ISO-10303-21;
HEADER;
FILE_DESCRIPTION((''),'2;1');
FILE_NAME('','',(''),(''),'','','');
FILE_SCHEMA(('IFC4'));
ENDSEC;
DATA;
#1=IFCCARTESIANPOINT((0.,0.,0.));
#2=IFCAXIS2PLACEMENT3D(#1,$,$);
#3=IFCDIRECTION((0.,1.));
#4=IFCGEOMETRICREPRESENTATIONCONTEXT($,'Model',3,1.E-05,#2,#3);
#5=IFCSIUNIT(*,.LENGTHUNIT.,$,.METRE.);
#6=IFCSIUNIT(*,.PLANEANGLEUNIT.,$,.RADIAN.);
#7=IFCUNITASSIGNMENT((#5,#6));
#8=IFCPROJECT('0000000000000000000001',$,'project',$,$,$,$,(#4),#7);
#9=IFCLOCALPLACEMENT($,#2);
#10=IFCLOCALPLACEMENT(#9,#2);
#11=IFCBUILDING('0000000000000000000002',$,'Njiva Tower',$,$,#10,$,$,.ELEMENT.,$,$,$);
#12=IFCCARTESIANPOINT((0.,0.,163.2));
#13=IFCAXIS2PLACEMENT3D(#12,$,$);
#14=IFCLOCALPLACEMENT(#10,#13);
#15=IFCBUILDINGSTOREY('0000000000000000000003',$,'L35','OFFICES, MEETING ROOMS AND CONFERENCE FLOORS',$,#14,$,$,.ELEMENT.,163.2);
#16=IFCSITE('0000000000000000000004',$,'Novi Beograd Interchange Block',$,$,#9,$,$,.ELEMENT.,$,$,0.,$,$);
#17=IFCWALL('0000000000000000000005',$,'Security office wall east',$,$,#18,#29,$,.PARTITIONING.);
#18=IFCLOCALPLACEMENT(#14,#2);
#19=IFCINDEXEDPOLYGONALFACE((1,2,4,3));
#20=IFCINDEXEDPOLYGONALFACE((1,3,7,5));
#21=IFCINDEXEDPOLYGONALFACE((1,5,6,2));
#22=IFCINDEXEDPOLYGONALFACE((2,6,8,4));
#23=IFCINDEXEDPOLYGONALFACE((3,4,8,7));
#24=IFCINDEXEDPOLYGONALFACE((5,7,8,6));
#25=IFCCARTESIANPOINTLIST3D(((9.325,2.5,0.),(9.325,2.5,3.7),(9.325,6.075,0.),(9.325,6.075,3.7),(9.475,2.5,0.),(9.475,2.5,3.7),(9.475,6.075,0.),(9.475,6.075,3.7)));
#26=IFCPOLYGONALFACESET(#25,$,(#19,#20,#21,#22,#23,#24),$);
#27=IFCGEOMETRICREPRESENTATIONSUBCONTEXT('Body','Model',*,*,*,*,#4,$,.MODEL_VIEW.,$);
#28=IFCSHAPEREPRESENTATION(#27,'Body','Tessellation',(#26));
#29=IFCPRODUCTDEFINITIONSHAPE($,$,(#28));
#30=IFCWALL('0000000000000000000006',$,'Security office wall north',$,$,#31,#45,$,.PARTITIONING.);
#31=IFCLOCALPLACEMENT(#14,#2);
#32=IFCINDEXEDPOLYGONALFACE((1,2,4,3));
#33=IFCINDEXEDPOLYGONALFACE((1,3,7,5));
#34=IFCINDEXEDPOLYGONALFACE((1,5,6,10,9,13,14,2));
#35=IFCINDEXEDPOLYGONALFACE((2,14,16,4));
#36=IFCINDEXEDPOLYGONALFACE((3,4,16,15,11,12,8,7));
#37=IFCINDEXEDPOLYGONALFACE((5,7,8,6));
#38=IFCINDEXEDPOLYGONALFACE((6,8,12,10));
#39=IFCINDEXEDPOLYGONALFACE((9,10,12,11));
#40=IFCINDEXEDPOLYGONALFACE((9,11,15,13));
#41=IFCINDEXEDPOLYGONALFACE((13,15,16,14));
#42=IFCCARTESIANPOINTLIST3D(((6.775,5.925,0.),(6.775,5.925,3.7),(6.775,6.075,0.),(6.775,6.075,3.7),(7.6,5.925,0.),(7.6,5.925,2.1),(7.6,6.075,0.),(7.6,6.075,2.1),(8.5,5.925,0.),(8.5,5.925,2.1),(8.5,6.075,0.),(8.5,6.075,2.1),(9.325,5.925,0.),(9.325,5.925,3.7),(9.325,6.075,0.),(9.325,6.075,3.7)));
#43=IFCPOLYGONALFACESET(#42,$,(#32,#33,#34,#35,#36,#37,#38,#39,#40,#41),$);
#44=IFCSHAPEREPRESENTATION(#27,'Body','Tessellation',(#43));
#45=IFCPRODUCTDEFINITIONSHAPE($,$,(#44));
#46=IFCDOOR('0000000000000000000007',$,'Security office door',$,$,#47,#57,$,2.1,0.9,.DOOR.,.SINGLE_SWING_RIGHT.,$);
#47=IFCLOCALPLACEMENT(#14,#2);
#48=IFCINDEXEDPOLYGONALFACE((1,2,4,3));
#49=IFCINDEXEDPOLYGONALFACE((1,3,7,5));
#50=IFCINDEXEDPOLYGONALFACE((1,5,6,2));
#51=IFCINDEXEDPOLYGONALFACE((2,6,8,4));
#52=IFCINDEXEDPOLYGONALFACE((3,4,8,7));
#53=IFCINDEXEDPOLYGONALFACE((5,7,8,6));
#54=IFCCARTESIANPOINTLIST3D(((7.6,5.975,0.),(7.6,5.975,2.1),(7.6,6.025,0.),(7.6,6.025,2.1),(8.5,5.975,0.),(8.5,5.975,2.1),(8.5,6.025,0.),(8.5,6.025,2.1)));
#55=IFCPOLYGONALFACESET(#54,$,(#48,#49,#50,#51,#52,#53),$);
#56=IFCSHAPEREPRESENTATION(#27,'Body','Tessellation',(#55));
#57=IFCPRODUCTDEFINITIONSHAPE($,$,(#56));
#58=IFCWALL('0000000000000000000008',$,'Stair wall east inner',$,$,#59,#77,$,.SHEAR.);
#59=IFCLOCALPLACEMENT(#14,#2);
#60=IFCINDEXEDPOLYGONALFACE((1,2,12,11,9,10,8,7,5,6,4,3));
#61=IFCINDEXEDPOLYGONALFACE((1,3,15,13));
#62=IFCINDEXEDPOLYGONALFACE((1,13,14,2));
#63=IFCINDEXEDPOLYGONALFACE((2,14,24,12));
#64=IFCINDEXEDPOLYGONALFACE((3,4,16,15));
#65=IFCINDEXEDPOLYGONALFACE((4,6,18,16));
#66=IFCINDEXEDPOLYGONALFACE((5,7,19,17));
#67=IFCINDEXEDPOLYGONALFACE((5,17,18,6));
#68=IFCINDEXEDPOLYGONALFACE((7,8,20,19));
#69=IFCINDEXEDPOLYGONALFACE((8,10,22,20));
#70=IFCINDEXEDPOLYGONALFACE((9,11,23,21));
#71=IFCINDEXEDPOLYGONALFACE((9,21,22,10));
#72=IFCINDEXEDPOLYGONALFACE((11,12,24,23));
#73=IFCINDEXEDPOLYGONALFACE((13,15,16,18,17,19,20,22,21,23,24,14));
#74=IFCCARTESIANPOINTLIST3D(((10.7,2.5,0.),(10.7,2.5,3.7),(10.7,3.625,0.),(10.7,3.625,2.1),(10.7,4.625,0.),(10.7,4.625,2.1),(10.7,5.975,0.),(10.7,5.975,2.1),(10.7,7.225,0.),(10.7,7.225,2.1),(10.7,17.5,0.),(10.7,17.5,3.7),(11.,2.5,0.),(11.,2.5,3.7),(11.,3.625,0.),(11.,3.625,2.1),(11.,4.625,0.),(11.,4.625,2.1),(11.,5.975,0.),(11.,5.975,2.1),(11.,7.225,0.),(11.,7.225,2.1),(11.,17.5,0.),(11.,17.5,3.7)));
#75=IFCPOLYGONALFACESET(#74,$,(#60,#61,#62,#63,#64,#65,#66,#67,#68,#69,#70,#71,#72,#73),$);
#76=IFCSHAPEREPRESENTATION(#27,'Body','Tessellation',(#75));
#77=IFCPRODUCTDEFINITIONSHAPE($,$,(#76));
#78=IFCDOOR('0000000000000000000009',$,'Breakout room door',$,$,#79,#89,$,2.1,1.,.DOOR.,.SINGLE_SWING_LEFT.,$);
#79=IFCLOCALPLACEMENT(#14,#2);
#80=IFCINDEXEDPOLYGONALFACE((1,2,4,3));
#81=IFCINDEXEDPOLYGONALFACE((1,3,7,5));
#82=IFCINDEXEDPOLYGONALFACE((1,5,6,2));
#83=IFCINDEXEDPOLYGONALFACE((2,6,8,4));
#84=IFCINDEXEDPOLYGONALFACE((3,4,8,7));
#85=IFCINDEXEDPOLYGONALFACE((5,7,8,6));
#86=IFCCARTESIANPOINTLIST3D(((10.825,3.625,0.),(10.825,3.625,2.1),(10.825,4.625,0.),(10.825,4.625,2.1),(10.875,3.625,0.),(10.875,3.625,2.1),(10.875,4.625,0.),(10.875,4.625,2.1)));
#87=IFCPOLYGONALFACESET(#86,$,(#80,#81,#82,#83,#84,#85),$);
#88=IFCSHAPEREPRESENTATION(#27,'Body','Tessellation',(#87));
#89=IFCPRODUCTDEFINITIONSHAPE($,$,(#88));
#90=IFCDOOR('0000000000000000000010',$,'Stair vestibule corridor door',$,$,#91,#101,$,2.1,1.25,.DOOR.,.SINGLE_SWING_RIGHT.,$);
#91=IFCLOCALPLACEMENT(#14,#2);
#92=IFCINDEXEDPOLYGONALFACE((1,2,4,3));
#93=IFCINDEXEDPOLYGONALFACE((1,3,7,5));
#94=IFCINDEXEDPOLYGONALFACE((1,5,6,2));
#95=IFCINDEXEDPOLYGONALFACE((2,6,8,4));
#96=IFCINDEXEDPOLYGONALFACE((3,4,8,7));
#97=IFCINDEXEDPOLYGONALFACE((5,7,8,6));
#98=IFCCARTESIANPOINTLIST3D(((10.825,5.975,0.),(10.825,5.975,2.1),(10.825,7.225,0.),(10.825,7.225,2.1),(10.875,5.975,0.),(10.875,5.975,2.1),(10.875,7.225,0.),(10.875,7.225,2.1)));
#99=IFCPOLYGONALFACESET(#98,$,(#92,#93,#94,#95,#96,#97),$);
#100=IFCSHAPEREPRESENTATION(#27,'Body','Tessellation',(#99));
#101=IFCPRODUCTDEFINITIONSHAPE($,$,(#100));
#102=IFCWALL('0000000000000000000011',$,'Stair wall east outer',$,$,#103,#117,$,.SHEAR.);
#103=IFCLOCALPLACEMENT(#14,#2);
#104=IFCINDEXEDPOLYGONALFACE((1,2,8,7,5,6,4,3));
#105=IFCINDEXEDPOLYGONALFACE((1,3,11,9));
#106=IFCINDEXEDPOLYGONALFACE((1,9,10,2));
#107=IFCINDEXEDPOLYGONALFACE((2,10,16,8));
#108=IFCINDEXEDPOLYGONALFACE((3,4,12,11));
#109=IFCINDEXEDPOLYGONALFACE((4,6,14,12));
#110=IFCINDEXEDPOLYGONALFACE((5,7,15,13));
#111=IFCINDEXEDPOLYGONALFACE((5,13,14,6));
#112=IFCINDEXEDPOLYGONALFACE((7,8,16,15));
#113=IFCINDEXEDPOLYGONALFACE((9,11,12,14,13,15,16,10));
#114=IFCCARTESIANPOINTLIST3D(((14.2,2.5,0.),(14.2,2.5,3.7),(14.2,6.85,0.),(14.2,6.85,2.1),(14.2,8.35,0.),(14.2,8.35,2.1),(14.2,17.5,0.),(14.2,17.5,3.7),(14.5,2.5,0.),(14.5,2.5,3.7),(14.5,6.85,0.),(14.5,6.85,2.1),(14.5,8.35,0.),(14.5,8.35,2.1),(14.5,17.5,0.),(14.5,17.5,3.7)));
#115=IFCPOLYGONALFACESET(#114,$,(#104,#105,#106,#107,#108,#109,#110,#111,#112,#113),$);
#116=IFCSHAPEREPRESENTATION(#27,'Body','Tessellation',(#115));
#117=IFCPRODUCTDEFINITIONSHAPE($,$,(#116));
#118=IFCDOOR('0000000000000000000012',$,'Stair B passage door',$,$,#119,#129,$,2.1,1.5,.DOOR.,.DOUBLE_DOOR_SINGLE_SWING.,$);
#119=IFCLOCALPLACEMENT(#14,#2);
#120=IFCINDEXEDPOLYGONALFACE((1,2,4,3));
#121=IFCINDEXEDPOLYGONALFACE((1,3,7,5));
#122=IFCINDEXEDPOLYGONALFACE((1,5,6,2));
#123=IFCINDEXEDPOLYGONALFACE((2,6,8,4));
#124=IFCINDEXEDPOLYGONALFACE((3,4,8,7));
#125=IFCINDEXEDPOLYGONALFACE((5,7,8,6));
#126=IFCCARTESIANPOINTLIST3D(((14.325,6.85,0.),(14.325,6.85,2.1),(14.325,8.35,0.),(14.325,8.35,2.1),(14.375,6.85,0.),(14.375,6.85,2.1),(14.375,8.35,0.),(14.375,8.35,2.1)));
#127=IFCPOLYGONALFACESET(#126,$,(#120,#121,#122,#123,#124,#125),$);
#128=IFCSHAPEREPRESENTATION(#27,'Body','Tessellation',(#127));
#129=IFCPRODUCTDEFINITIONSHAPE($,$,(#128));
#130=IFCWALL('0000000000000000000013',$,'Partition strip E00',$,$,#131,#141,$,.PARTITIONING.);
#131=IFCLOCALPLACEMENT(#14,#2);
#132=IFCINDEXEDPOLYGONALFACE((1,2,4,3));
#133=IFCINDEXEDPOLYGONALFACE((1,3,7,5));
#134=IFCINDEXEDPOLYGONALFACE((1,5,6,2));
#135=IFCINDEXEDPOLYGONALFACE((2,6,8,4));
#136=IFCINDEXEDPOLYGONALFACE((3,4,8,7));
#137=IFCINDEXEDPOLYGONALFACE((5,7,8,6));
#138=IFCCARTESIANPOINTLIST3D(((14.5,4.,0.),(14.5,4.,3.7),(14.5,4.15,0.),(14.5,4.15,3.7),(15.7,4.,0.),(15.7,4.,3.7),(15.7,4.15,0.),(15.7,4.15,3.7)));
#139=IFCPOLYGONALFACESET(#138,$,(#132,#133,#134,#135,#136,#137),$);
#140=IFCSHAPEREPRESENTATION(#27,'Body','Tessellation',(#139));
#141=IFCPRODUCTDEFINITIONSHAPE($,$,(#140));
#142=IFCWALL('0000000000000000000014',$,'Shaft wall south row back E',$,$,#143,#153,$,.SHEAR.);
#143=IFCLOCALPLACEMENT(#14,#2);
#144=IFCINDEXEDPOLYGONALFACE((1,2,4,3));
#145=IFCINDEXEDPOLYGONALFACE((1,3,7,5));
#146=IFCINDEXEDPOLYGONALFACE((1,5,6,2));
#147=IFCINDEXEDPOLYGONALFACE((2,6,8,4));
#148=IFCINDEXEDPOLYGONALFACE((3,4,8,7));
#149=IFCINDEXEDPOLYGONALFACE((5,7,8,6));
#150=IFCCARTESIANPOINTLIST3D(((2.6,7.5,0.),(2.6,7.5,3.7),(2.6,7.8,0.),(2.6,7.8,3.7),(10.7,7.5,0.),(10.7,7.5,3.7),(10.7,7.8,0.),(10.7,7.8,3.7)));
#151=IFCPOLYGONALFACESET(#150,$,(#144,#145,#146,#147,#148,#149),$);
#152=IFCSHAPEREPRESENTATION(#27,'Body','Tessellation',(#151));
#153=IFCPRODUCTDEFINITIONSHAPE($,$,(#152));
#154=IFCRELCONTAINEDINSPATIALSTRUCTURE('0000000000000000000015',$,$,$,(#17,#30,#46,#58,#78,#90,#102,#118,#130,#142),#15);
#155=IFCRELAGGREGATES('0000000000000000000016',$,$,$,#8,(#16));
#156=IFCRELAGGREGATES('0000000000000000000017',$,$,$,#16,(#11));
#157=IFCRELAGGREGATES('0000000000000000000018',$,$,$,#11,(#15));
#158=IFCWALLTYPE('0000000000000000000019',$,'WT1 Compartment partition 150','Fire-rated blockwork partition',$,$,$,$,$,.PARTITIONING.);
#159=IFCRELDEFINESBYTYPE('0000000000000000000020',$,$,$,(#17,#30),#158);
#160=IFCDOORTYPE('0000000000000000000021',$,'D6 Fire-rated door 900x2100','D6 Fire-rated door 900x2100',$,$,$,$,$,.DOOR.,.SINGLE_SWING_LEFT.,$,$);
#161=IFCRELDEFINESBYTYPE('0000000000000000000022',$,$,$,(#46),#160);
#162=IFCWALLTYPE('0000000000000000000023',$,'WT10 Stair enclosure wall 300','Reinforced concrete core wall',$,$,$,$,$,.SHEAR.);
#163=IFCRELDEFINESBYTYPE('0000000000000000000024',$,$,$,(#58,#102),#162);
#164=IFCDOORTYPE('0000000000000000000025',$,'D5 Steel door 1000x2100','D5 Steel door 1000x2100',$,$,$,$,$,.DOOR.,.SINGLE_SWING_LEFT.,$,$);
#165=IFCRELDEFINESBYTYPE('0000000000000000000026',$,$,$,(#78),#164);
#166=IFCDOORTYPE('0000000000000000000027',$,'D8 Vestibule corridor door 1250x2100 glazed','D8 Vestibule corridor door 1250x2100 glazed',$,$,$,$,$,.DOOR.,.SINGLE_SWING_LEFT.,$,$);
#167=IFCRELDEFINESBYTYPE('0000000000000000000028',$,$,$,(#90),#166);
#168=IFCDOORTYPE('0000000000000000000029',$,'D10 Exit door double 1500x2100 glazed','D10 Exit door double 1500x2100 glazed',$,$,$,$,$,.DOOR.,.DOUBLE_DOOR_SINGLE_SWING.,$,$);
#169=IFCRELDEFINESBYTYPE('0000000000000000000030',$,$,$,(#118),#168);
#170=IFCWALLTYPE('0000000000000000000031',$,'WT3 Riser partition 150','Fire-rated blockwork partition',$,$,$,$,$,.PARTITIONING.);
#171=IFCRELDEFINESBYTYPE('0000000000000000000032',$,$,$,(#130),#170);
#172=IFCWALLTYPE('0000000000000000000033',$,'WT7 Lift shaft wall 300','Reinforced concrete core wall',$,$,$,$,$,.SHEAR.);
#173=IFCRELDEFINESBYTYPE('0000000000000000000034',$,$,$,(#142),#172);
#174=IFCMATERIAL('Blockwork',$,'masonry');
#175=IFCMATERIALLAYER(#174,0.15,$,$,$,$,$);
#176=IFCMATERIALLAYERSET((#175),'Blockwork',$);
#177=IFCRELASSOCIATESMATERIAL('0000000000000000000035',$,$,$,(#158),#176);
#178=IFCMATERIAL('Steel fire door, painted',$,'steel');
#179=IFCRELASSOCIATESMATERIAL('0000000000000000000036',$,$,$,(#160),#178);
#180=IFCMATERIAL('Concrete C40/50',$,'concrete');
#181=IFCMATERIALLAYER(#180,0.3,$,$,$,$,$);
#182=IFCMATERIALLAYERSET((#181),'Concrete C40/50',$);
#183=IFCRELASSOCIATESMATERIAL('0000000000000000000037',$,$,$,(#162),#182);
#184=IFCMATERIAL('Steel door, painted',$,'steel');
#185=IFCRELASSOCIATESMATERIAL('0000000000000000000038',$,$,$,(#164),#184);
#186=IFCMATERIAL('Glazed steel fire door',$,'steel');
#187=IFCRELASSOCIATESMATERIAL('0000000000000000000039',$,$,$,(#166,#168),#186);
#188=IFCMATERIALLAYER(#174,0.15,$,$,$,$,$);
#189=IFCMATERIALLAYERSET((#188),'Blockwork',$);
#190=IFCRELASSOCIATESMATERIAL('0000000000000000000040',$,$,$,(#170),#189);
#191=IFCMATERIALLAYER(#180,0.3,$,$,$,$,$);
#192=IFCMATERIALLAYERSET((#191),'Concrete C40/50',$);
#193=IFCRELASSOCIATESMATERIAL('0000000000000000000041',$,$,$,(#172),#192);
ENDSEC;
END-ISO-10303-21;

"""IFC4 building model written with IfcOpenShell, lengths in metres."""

from ifc_helpers import new_model, si_unit, direction, frame, frame_2d, origin, place, context, subcontext, project, spatial, rectangle, extrude, material, layer, layer_set, type_object, element, fill, save


model = new_model("IFC4")

# Units and contexts
model_context = context("Model", 3, precision=1e-05, world=origin(), true_north=direction((0.0, 1.0)))
body_context = subcontext(model_context, "Body", "Model", "MODEL_VIEW")
ifc_project = project(units=[si_unit("LENGTHUNIT", "METRE"), si_unit("PLANEANGLEUNIT", "RADIAN")], contexts=[model_context])

# Site, building, storey
site_placement = place(None, origin())
site = spatial("IfcSite", under=ifc_project, at=site_placement, Name="Novi Beograd Interchange Block", CompositionType="ELEMENT", RefElevation=0.0)
building_placement = place(site_placement, origin())
building = spatial("IfcBuilding", under=site, at=building_placement, Name="Njiva Tower", CompositionType="ELEMENT")
storey_placement = place(building_placement, frame((0.0, 0.0, 163.2)))
storey = spatial("IfcBuildingStorey", under=building, at=storey_placement, Name="L35", Description="OFFICES, MEETING ROOMS AND CONFERENCE FLOORS", CompositionType="ELEMENT", Elevation=163.2)

# Shared definitions
ifc_material_1 = material(Name="Blockwork", Category="masonry")
ifc_layer_1 = layer(ifc_material_1, 0.15)
ifc_layer_set_1 = layer_set([ifc_layer_1], Name="Blockwork")
wall_type_1 = type_object("IfcWallType", Name="WT1 Compartment partition 150", Description="Fire-rated blockwork partition", PredefinedType="PARTITIONING", material=ifc_layer_set_1)

# Shared definitions
ifc_material_2 = material(Name="Steel fire door, painted", Category="steel")
door_type_1 = type_object("IfcDoorType", Name="D6 Fire-rated door 900x2100", Description="D6 Fire-rated door 900x2100", OperationType="SINGLE_SWING_LEFT", PredefinedType="DOOR", material=ifc_material_2)

# Wall
for number, where, z_axis, x_axis, name in (
    (1, (9.4, 2.5, 0.0), (0.0, 0.0, 1.0), (0.0, 1.0, 0.0), "Security office wall east"),
):
    element("IfcWall", number, at=place(storey_placement, frame(where, z_axis=z_axis, x_axis=x_axis)), inside=storey, type_object=wall_type_1, Name=name, PredefinedType="PARTITIONING", context=body_context, shape_type="SweptSolid", body=[
        extrude(rectangle(XDim=3.575, YDim=0.15, at=frame_2d((1.7875, 0.0))), origin(), (0.0, 0.0, 1.0), 3.7),
    ])

# Wall, opening, door
wall_1_placement = place(storey_placement, frame((6.775, 6.0, 0.0), z_axis=(0.0, 0.0, 1.0), x_axis=(1.0, 0.0, 0.0)))
wall_1 = element("IfcWall", 2, at=wall_1_placement, inside=storey, type_object=wall_type_1, Name="Security office wall north", PredefinedType="PARTITIONING", context=body_context, shape_type="SweptSolid", body=[
    extrude(rectangle(XDim=2.55, YDim=0.15, at=frame_2d((1.275, 0.0))), origin(), (0.0, 0.0, 1.0), 3.7),
])
opening_1_placement = place(wall_1_placement, frame((0.825, 0.0, 0.0)))
opening_1 = element("IfcOpeningElement", 3, at=opening_1_placement, cuts=wall_1, PredefinedType="OPENING", context=body_context, shape_type="SweptSolid", body=[
    extrude(rectangle(XDim=0.9, YDim=2.1, at=frame_2d((0.45, 1.05))), frame((0.0, 0.085, 0.0), z_axis=(0.0, -1.0, 0.0), x_axis=(1.0, 0.0, 0.0)), (0.0, 0.0, 1.0), 0.17),
])
door_1_placement = place(opening_1_placement, origin())
door_1 = element("IfcDoor", 4, at=door_1_placement, inside=storey, type_object=door_type_1, Name="Security office door", OperationType="SINGLE_SWING_RIGHT", OverallHeight=2.1, OverallWidth=0.9, PredefinedType="DOOR", context=body_context, shape_type="SweptSolid", body=[
    extrude(rectangle(XDim=0.9, YDim=2.1, at=frame_2d((0.45, 1.05))), frame((0.0, 0.025, 0.0), z_axis=(0.0, -1.0, 0.0), x_axis=(1.0, 0.0, 0.0)), (0.0, 0.0, 1.0), 0.05),
])
fill(opening_1, door_1)

# Wall, openings, doors
ifc_material_3 = material(Name="Concrete C40/50", Category="concrete")
ifc_layer_2 = layer(ifc_material_3, 0.3)
ifc_layer_set_2 = layer_set([ifc_layer_2], Name="Concrete C40/50")
wall_type_2 = type_object("IfcWallType", Name="WT10 Stair enclosure wall 300", Description="Reinforced concrete core wall", PredefinedType="SHEAR", material=ifc_layer_set_2)
wall_2_placement = place(storey_placement, frame((10.85, 2.5, 0.0), z_axis=(0.0, 0.0, 1.0), x_axis=(0.0, 1.0, 0.0)))
wall_2 = element("IfcWall", 5, at=wall_2_placement, inside=storey, type_object=wall_type_2, Name="Stair wall east inner", PredefinedType="SHEAR", context=body_context, shape_type="SweptSolid", body=[
    extrude(rectangle(XDim=15.0, YDim=0.3, at=frame_2d((7.5, 0.0))), origin(), (0.0, 0.0, 1.0), 3.7),
])
opening_2_placement = place(wall_2_placement, frame((3.475, 0.0, 0.0)))
opening_2 = element("IfcOpeningElement", 6, at=opening_2_placement, cuts=wall_2, PredefinedType="OPENING", context=body_context, shape_type="SweptSolid", body=[
    extrude(rectangle(XDim=1.25, YDim=2.1, at=frame_2d((0.625, 1.05))), frame((0.0, 0.16, 0.0), z_axis=(0.0, -1.0, 0.0), x_axis=(1.0, 0.0, 0.0)), (0.0, 0.0, 1.0), 0.32),
])
opening_3_placement = place(wall_2_placement, frame((1.125, 0.0, 0.0)))
opening_3 = element("IfcOpeningElement", 7, at=opening_3_placement, cuts=wall_2, PredefinedType="OPENING", context=body_context, shape_type="SweptSolid", body=[
    extrude(rectangle(XDim=1.0, YDim=2.1, at=frame_2d((0.5, 1.05))), frame((0.0, 0.16, 0.0), z_axis=(0.0, -1.0, 0.0), x_axis=(1.0, 0.0, 0.0)), (0.0, 0.0, 1.0), 0.32),
])
ifc_material_4 = material(Name="Steel door, painted", Category="steel")
door_type_2 = type_object("IfcDoorType", Name="D5 Steel door 1000x2100", Description="D5 Steel door 1000x2100", OperationType="SINGLE_SWING_LEFT", PredefinedType="DOOR", material=ifc_material_4)
door_2_placement = place(opening_3_placement, origin())
door_2 = element("IfcDoor", 8, at=door_2_placement, inside=storey, type_object=door_type_2, Name="Breakout room door", OperationType="SINGLE_SWING_LEFT", OverallHeight=2.1, OverallWidth=1.0, PredefinedType="DOOR", context=body_context, shape_type="SweptSolid", body=[
    extrude(rectangle(XDim=1.0, YDim=2.1, at=frame_2d((0.5, 1.05))), frame((0.0, 0.025, 0.0), z_axis=(0.0, -1.0, 0.0), x_axis=(1.0, 0.0, 0.0)), (0.0, 0.0, 1.0), 0.05),
])
fill(opening_3, door_2)
ifc_material_5 = material(Name="Glazed steel fire door", Category="steel")
door_type_3 = type_object("IfcDoorType", Name="D8 Vestibule corridor door 1250x2100 glazed", Description="D8 Vestibule corridor door 1250x2100 glazed", OperationType="SINGLE_SWING_LEFT", PredefinedType="DOOR", material=ifc_material_5)
door_3_placement = place(opening_2_placement, origin())
door_3 = element("IfcDoor", 9, at=door_3_placement, inside=storey, type_object=door_type_3, Name="Stair vestibule corridor door", OperationType="SINGLE_SWING_RIGHT", OverallHeight=2.1, OverallWidth=1.25, PredefinedType="DOOR", context=body_context, shape_type="SweptSolid", body=[
    extrude(rectangle(XDim=1.25, YDim=2.1, at=frame_2d((0.625, 1.05))), frame((0.0, 0.025, 0.0), z_axis=(0.0, -1.0, 0.0), x_axis=(1.0, 0.0, 0.0)), (0.0, 0.0, 1.0), 0.05),
])
fill(opening_2, door_3)

# Wall, opening, door
wall_3_placement = place(storey_placement, frame((14.35, 2.5, 0.0), z_axis=(0.0, 0.0, 1.0), x_axis=(0.0, 1.0, 0.0)))
wall_3 = element("IfcWall", 10, at=wall_3_placement, inside=storey, type_object=wall_type_2, Name="Stair wall east outer", PredefinedType="SHEAR", context=body_context, shape_type="SweptSolid", body=[
    extrude(rectangle(XDim=15.0, YDim=0.3, at=frame_2d((7.5, 0.0))), origin(), (0.0, 0.0, 1.0), 3.7),
])
opening_4_placement = place(wall_3_placement, frame((4.35, 0.0, 0.0)))
opening_4 = element("IfcOpeningElement", 11, at=opening_4_placement, cuts=wall_3, PredefinedType="OPENING", context=body_context, shape_type="SweptSolid", body=[
    extrude(rectangle(XDim=1.5, YDim=2.1, at=frame_2d((0.75, 1.05))), frame((0.0, 0.16, 0.0), z_axis=(0.0, -1.0, 0.0), x_axis=(1.0, 0.0, 0.0)), (0.0, 0.0, 1.0), 0.32),
])
door_type_4 = type_object("IfcDoorType", Name="D10 Exit door double 1500x2100 glazed", Description="D10 Exit door double 1500x2100 glazed", OperationType="DOUBLE_DOOR_SINGLE_SWING", PredefinedType="DOOR", material=ifc_material_5)
door_4_placement = place(opening_4_placement, origin())
door_4 = element("IfcDoor", 12, at=door_4_placement, inside=storey, type_object=door_type_4, Name="Stair B passage door", OperationType="DOUBLE_DOOR_SINGLE_SWING", OverallHeight=2.1, OverallWidth=1.5, PredefinedType="DOOR", context=body_context, shape_type="SweptSolid", body=[
    extrude(rectangle(XDim=1.5, YDim=2.1, at=frame_2d((0.75, 1.05))), frame((0.0, 0.025, 0.0), z_axis=(0.0, -1.0, 0.0), x_axis=(1.0, 0.0, 0.0)), (0.0, 0.0, 1.0), 0.05),
])
fill(opening_4, door_4)

# Walls
ifc_layer_3 = layer(ifc_material_1, 0.15)
ifc_layer_set_3 = layer_set([ifc_layer_3], Name="Blockwork")
wall_type_3 = type_object("IfcWallType", Name="WT3 Riser partition 150", Description="Fire-rated blockwork partition", PredefinedType="PARTITIONING", material=ifc_layer_set_3)
wall_4_placement = place(storey_placement, frame((14.5, 4.075, 0.0), z_axis=(0.0, 0.0, 1.0), x_axis=(1.0, 0.0, 0.0)))
element("IfcWall", 13, at=wall_4_placement, inside=storey, type_object=wall_type_3, Name="Partition strip E00", PredefinedType="PARTITIONING", context=body_context, shape_type="SweptSolid", body=[
    extrude(rectangle(XDim=1.2, YDim=0.15, at=frame_2d((0.6, 0.0))), origin(), (0.0, 0.0, 1.0), 3.7),
])
ifc_layer_4 = layer(ifc_material_3, 0.3)
ifc_layer_set_4 = layer_set([ifc_layer_4], Name="Concrete C40/50")
wall_type_4 = type_object("IfcWallType", Name="WT7 Lift shaft wall 300", Description="Reinforced concrete core wall", PredefinedType="SHEAR", material=ifc_layer_set_4)
wall_5_placement = place(storey_placement, frame((2.6, 7.65, 0.0), z_axis=(0.0, 0.0, 1.0), x_axis=(1.0, 0.0, 0.0)))
element("IfcWall", 14, at=wall_5_placement, inside=storey, type_object=wall_type_4, Name="Shaft wall south row back E", PredefinedType="SHEAR", context=body_context, shape_type="SweptSolid", body=[
    extrude(rectangle(XDim=8.1, YDim=0.3, at=frame_2d((4.05, 0.0))), origin(), (0.0, 0.0, 1.0), 3.7),
])

save(model, "model.ifc")
